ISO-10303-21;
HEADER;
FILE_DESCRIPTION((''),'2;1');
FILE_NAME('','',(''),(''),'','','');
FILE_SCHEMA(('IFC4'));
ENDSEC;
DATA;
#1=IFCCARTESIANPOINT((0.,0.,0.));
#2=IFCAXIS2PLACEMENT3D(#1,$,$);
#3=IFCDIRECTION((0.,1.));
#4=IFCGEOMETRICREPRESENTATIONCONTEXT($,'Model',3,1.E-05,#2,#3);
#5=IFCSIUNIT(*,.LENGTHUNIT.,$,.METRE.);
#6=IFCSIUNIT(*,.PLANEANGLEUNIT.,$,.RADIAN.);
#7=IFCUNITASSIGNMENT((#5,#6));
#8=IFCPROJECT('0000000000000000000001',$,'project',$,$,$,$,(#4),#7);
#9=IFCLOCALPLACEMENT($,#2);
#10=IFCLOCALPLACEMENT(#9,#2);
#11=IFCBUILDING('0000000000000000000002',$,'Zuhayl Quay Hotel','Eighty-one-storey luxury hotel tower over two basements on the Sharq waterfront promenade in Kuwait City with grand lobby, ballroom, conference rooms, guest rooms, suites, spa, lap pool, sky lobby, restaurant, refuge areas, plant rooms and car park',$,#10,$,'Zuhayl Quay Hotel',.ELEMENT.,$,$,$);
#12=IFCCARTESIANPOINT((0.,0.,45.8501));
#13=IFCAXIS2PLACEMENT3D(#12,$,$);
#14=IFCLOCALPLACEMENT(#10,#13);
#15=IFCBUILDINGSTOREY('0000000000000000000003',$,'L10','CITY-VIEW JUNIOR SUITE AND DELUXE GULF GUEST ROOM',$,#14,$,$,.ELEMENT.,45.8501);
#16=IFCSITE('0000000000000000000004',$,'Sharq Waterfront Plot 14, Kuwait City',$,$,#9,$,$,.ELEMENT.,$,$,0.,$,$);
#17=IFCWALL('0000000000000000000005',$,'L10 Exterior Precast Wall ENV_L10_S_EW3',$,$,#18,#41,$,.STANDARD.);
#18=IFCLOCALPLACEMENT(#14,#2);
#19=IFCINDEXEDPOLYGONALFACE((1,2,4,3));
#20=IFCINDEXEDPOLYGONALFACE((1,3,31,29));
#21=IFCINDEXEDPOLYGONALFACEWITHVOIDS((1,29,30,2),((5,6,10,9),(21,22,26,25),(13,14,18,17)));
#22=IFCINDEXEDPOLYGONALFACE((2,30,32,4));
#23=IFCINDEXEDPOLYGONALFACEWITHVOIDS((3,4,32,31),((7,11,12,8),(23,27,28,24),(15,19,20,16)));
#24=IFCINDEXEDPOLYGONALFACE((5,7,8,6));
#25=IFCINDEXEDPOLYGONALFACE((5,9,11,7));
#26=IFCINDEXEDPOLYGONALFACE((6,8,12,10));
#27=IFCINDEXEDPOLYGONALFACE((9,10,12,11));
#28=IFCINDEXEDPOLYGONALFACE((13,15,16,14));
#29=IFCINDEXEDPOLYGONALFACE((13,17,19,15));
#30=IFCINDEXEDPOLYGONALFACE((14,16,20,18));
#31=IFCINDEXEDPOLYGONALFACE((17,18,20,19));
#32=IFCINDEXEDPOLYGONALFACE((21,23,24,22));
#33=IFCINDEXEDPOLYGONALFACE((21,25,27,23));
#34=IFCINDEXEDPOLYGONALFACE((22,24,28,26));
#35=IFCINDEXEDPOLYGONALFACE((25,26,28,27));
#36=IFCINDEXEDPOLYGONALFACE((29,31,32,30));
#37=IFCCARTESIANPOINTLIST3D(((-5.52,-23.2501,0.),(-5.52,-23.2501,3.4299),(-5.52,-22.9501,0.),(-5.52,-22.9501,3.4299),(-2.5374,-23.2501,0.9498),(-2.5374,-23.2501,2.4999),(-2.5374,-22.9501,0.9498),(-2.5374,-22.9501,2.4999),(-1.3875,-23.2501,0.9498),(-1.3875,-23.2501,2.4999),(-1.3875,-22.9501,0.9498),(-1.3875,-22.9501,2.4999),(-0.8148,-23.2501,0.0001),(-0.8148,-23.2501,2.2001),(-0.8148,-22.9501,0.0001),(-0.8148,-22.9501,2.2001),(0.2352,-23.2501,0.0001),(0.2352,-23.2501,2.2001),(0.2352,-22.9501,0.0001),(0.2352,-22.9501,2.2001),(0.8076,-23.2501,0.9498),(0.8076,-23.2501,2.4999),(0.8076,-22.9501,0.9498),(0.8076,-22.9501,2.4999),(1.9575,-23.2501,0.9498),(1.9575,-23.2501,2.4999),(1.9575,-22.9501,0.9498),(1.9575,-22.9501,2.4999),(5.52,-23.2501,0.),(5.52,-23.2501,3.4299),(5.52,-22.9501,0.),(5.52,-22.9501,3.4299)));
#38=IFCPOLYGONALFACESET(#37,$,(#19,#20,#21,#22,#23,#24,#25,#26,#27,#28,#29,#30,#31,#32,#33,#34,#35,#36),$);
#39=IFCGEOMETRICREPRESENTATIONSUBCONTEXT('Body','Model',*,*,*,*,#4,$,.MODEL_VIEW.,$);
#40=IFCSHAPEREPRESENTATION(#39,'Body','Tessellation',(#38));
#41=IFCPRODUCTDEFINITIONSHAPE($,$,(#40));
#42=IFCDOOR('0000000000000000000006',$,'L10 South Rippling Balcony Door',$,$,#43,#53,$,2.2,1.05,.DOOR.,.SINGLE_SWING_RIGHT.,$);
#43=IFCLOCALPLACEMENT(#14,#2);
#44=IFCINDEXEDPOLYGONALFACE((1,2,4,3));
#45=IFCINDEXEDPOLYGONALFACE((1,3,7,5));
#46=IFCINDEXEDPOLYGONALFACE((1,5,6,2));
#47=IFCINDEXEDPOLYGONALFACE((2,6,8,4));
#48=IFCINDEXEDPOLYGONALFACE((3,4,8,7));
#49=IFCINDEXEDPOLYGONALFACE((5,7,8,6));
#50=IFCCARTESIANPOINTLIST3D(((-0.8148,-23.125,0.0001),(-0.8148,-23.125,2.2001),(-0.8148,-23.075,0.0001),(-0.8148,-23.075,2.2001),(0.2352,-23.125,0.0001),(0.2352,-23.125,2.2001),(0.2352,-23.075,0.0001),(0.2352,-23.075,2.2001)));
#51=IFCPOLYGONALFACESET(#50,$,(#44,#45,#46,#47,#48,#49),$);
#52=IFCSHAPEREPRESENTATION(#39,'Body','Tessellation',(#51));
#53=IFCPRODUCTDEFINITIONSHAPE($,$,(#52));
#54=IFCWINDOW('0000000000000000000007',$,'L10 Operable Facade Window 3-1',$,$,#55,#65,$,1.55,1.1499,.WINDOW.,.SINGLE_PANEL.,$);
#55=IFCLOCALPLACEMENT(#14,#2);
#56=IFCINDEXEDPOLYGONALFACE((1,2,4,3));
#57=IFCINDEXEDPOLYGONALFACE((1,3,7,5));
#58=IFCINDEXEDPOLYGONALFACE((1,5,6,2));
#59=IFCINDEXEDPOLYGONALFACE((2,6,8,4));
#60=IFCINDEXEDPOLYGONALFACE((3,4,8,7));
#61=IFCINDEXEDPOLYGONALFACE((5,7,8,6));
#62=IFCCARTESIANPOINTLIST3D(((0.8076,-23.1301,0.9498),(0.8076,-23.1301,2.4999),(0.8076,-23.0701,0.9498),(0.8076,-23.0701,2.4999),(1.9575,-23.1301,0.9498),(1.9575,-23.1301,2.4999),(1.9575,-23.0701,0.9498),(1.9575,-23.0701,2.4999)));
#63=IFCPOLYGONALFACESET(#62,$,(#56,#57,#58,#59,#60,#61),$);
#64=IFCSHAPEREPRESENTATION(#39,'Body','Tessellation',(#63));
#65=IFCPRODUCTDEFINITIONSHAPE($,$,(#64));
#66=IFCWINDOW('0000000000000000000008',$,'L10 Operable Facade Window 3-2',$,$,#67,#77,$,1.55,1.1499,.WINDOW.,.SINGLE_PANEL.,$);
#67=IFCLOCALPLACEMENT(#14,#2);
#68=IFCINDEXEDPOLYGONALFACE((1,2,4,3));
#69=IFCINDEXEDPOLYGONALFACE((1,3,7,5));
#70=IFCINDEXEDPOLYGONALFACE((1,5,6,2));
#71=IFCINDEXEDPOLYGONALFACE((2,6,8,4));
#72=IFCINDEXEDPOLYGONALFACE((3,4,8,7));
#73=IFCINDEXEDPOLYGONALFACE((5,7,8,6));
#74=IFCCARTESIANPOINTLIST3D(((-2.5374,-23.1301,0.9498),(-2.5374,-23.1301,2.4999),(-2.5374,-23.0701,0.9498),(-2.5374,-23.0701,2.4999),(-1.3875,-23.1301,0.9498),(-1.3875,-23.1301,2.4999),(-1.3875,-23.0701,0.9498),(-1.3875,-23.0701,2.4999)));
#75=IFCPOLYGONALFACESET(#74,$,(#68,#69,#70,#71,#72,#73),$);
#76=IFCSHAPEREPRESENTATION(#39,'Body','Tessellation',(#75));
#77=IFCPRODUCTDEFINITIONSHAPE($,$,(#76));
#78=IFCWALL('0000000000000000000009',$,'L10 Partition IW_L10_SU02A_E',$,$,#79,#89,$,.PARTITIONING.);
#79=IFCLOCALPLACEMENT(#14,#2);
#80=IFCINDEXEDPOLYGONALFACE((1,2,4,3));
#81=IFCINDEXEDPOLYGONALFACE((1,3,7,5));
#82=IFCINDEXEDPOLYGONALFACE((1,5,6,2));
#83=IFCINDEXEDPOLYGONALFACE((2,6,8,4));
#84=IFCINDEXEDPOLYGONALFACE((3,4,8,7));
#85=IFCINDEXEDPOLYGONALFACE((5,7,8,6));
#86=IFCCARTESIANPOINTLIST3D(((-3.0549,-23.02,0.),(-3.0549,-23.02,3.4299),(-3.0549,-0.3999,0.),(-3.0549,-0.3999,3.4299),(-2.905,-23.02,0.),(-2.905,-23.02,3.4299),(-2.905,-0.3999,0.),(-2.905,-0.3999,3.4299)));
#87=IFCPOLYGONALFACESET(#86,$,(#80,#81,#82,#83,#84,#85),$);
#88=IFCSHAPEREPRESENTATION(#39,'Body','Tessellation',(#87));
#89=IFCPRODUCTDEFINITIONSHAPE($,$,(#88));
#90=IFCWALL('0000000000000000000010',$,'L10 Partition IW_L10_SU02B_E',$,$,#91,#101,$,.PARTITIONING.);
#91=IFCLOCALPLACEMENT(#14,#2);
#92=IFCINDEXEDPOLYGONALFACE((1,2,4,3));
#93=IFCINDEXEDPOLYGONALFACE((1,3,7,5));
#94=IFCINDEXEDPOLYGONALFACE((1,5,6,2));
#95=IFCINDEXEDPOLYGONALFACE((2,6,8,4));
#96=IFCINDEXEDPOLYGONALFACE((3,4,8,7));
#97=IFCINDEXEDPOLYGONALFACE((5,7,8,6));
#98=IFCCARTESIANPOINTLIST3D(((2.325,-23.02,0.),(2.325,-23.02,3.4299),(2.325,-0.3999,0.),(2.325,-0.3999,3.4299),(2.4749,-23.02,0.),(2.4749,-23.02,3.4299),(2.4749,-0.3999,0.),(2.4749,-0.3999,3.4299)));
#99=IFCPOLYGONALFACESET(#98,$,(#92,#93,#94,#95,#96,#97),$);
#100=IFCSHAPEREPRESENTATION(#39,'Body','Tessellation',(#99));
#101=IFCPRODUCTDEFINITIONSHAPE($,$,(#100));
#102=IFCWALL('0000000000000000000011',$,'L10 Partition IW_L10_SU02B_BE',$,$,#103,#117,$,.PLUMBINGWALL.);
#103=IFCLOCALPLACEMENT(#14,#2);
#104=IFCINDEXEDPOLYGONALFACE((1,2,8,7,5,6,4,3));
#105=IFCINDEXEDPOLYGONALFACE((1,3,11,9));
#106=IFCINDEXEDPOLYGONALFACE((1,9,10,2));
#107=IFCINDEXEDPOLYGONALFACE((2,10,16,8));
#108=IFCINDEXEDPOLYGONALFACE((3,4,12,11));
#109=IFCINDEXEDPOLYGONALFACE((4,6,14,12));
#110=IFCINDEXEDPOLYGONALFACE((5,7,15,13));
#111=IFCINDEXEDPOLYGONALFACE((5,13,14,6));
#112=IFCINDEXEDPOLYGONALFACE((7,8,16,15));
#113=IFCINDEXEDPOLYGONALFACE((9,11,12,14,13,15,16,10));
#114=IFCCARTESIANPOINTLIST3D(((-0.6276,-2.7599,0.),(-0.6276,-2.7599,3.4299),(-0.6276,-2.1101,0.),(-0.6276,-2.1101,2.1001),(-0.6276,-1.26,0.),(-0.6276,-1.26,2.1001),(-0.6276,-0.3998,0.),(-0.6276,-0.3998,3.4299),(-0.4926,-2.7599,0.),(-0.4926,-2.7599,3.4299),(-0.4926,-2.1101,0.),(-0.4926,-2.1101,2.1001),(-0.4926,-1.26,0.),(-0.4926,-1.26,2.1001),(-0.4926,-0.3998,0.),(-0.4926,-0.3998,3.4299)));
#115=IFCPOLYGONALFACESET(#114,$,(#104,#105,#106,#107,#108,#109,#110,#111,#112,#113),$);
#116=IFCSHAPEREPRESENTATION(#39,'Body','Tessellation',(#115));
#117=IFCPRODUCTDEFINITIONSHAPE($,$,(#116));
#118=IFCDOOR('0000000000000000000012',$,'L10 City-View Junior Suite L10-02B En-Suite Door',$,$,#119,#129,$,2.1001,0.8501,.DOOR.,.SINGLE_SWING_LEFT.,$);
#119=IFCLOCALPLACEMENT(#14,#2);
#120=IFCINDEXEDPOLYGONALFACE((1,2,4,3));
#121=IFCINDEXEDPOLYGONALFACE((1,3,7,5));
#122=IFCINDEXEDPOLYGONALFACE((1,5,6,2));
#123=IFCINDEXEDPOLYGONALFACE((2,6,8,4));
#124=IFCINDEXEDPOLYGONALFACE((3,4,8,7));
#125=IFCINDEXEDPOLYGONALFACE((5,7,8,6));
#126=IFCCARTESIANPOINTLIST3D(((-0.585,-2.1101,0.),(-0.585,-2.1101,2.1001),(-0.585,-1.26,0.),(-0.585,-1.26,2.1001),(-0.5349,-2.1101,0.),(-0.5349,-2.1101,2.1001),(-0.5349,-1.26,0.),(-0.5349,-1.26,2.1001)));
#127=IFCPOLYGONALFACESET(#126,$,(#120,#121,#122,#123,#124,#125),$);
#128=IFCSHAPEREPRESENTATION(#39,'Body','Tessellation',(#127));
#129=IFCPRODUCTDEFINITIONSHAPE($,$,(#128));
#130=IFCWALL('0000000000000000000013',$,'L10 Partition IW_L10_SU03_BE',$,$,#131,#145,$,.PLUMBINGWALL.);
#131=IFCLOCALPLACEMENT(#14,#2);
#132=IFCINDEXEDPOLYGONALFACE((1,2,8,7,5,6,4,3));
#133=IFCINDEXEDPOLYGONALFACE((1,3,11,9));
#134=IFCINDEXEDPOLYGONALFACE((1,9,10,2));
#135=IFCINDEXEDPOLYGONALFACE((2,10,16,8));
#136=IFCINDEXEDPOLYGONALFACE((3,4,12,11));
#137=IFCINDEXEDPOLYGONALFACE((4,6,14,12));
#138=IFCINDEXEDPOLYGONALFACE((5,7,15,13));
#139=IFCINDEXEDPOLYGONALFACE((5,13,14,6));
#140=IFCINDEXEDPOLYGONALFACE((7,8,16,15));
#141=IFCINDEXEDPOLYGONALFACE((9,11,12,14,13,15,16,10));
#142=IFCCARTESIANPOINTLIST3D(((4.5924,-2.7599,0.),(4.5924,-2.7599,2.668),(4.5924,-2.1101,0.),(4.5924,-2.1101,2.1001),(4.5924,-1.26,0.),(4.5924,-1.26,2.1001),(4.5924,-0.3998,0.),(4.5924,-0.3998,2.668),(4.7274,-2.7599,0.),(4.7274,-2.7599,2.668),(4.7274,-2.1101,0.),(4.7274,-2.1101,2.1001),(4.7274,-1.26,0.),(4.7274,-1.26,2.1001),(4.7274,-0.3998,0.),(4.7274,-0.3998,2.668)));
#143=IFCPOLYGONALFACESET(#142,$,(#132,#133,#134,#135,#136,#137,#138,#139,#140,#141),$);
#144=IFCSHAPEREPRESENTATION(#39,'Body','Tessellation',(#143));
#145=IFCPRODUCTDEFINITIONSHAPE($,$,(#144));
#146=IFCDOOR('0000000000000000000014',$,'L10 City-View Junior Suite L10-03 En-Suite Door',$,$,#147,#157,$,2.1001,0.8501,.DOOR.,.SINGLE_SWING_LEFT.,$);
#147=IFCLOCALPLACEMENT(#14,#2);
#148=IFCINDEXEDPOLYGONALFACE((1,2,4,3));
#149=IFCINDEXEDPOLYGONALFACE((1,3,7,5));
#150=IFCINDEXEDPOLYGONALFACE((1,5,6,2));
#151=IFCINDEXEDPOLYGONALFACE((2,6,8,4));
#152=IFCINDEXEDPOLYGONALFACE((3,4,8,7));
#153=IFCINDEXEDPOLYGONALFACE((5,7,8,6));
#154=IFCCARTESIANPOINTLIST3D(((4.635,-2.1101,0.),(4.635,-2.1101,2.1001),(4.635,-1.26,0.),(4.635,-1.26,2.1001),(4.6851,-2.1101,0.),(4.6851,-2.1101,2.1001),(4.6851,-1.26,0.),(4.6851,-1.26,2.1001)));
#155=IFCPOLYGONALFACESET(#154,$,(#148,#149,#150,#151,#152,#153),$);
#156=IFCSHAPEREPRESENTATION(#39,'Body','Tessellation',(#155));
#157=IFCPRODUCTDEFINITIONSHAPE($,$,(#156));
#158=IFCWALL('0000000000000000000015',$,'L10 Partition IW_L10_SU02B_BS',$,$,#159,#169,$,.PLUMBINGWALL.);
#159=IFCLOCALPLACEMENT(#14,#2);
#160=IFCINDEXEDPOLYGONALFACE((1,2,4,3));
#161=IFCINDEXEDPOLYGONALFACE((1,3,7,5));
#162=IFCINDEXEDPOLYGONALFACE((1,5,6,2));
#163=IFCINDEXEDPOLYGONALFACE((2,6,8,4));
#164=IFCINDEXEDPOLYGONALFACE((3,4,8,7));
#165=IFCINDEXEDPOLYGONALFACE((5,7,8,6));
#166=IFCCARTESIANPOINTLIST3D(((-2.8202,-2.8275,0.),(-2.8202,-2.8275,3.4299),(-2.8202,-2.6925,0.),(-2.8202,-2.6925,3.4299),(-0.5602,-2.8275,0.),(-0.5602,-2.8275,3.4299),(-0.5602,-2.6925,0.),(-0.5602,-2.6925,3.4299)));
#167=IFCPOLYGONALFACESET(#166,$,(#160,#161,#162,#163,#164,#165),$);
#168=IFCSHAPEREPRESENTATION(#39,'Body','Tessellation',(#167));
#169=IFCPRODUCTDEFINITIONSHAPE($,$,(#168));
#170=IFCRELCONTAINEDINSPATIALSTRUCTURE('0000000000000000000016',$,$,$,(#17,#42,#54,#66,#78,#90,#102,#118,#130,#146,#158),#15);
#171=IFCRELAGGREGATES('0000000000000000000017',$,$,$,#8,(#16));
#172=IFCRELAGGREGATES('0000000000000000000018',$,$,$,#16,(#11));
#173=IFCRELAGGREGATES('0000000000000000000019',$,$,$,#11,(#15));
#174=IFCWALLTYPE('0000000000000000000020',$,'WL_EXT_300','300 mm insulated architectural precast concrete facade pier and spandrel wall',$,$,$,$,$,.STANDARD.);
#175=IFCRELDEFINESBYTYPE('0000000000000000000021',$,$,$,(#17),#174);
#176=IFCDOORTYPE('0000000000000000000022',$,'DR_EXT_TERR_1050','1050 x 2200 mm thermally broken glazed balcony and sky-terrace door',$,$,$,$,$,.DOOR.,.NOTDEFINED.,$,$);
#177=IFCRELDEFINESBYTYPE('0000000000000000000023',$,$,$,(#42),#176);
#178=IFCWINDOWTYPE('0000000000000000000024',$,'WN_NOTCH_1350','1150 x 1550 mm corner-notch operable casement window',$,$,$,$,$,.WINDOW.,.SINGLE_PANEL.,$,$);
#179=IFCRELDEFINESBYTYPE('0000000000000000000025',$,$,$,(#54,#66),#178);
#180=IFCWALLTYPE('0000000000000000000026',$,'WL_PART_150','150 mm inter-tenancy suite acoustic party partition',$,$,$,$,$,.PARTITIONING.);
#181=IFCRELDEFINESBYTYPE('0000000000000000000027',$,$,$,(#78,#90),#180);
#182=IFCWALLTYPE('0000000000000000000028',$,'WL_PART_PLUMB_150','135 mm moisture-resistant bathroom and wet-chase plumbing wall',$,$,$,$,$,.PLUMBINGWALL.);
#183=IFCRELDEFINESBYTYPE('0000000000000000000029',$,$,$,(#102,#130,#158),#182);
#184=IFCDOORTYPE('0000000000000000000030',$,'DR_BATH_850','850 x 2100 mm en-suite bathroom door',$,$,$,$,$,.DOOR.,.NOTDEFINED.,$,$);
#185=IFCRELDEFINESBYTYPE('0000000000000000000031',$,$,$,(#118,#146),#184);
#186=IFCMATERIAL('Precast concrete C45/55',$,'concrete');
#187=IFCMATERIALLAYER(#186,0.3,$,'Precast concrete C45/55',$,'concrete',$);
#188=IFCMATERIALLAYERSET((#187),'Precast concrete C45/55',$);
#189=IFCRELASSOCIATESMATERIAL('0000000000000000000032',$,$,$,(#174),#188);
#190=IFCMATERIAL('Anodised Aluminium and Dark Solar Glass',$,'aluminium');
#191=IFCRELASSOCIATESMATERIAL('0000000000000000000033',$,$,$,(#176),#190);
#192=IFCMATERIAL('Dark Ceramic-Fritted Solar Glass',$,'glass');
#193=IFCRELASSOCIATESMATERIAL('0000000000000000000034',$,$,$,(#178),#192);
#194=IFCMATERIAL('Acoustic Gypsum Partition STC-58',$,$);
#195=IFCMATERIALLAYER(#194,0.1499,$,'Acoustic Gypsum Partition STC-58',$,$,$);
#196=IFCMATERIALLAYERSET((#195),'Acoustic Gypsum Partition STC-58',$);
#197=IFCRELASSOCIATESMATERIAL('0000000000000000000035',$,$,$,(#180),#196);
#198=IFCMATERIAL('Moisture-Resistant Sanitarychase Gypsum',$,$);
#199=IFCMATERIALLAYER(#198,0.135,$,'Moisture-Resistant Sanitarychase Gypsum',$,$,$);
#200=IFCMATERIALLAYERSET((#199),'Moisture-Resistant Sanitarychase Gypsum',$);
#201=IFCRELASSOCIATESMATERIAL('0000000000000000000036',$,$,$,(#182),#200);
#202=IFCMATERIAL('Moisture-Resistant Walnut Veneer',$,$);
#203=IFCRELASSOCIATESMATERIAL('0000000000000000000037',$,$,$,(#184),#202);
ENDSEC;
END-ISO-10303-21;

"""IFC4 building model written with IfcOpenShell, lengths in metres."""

from ifc_helpers import new_model, si_unit, direction, frame, frame_2d, origin, place, context, subcontext, project, spatial, rectangle, extrude, material, layer, layer_set, type_object, element, fill, save


model = new_model("IFC4")

# Units and contexts
model_context = context("Model", 3, precision=1e-05, world=origin(), true_north=direction((0.0, 1.0)))
body_context = subcontext(model_context, "Body", "Model", "MODEL_VIEW")
ifc_project = project(units=[si_unit("LENGTHUNIT", "METRE"), si_unit("PLANEANGLEUNIT", "RADIAN")], contexts=[model_context])

# Site, building, storey
site_placement = place(None, origin())
site = spatial("IfcSite", under=ifc_project, at=site_placement, Name="Sharq Waterfront Plot 14, Kuwait City", CompositionType="ELEMENT", RefElevation=0.0)
building_placement = place(site_placement, origin())
building = spatial("IfcBuilding", under=site, at=building_placement, Name="Zuhayl Quay Hotel", Description="Eighty-one-storey luxury hotel tower over two basements on the Sharq waterfront promenade in Kuwait City with grand lobby, ballroom, conference rooms, guest rooms, suites, spa, lap pool, sky lobby, restaurant, refuge areas, plant rooms and car park", LongName="Zuhayl Quay Hotel", CompositionType="ELEMENT")
storey_placement = place(building_placement, frame((0.0, 0.0, 45.8501)))
storey = spatial("IfcBuildingStorey", under=building, at=storey_placement, Name="L10", Description="CITY-VIEW JUNIOR SUITE AND DELUXE GULF GUEST ROOM", CompositionType="ELEMENT", Elevation=45.8501)

# Shared definitions
ifc_material_1 = material(Name="Dark Ceramic-Fritted Solar Glass", Category="glass")

# Wall, openings, door, windows
ifc_material_2 = material(Name="Precast concrete C45/55", Category="concrete")
ifc_layer_1 = layer(ifc_material_2, 0.3, Name="Precast concrete C45/55", Category="concrete")
ifc_layer_set_1 = layer_set([ifc_layer_1], Name="Precast concrete C45/55")
wall_type_1 = type_object("IfcWallType", Name="WL_EXT_300", Description="300 mm insulated architectural precast concrete facade pier and spandrel wall", PredefinedType="STANDARD", material=ifc_layer_set_1)
wall_1_placement = place(storey_placement, frame((5.52, -23.1001, 0.0), z_axis=(0.0, 0.0, 1.0), x_axis=(-1.0, 0.0, 0.0)))
wall_1 = element("IfcWall", 1, at=wall_1_placement, inside=storey, type_object=wall_type_1, Name="L10 Exterior Precast Wall ENV_L10_S_EW3", PredefinedType="STANDARD", context=body_context, shape_type="SweptSolid", body=[
    extrude(rectangle(XDim=11.04, YDim=0.3, at=frame_2d((5.52, 0.0))), origin(), (0.0, 0.0, 1.0), 3.4299),
])
opening_1_placement = place(wall_1_placement, frame((5.2849, 0.0, 0.0)))
opening_1 = element("IfcOpeningElement", 2, at=opening_1_placement, cuts=wall_1, PredefinedType="OPENING", context=body_context, shape_type="SweptSolid", body=[
    extrude(rectangle(XDim=1.05, YDim=2.2, at=frame_2d((0.5249, 1.1001))), frame((0.0, 0.1599, 0.0), z_axis=(0.0, -1.0, 0.0), x_axis=(1.0, 0.0, 0.0)), (0.0, 0.0, 1.0), 0.3201),
])
opening_2_placement = place(wall_1_placement, frame((3.5625, 0.0, 0.95)))
opening_2 = element("IfcOpeningElement", 3, at=opening_2_placement, cuts=wall_1, PredefinedType="OPENING", context=body_context, shape_type="SweptSolid", body=[
    extrude(rectangle(XDim=1.1499, YDim=1.55, at=frame_2d((0.575, 0.7749))), frame((0.0, 0.1599, 0.0), z_axis=(0.0, -1.0, 0.0), x_axis=(1.0, 0.0, 0.0)), (0.0, 0.0, 1.0), 0.3201),
])
opening_3_placement = place(wall_1_placement, frame((6.9075, 0.0, 0.95)))
opening_3 = element("IfcOpeningElement", 4, at=opening_3_placement, cuts=wall_1, PredefinedType="OPENING", context=body_context, shape_type="SweptSolid", body=[
    extrude(rectangle(XDim=1.1499, YDim=1.55, at=frame_2d((0.575, 0.7749))), frame((0.0, 0.1599, 0.0), z_axis=(0.0, -1.0, 0.0), x_axis=(1.0, 0.0, 0.0)), (0.0, 0.0, 1.0), 0.3201),
])
ifc_material_3 = material(Name="Anodised Aluminium and Dark Solar Glass", Category="aluminium")
door_type_1 = type_object("IfcDoorType", Name="DR_EXT_TERR_1050", Description="1050 x 2200 mm thermally broken glazed balcony and sky-terrace door", OperationType="NOTDEFINED", PredefinedType="DOOR", material=ifc_material_3)
door_1_placement = place(opening_1_placement, origin())
door_1 = element("IfcDoor", 5, at=door_1_placement, inside=storey, type_object=door_type_1, Name="L10 South Rippling Balcony Door", OperationType="SINGLE_SWING_RIGHT", OverallHeight=2.2, OverallWidth=1.05, PredefinedType="DOOR", context=body_context, shape_type="SweptSolid", body=[
    extrude(rectangle(XDim=1.05, YDim=2.2, at=frame_2d((0.5249, 1.1001))), frame((0.0, 0.0249, 0.0), z_axis=(0.0, -1.0, 0.0), x_axis=(1.0, 0.0, 0.0)), (0.0, 0.0, 1.0), 0.05),
])
fill(opening_1, door_1)
window_type = type_object("IfcWindowType", Name="WN_NOTCH_1350", Description="1150 x 1550 mm corner-notch operable casement window", PartitioningType="SINGLE_PANEL", PredefinedType="WINDOW", material=ifc_material_1)
window_1_placement = place(opening_2_placement, origin())
window_1 = element("IfcWindow", 6, at=window_1_placement, inside=storey, type_object=window_type, Name="L10 Operable Facade Window 3-1", OverallHeight=1.55, OverallWidth=1.1499, PartitioningType="SINGLE_PANEL", PredefinedType="WINDOW", context=body_context, shape_type="SweptSolid", body=[
    extrude(rectangle(XDim=1.1499, YDim=1.55, at=frame_2d((0.575, 0.7749))), frame((0.0, 0.03, 0.0), z_axis=(0.0, -1.0, 0.0), x_axis=(1.0, 0.0, 0.0)), (0.0, 0.0, 1.0), 0.0601),
])
fill(opening_2, window_1)
window_2_placement = place(opening_3_placement, origin())
window_2 = element("IfcWindow", 7, at=window_2_placement, inside=storey, type_object=window_type, Name="L10 Operable Facade Window 3-2", OverallHeight=1.55, OverallWidth=1.1499, PartitioningType="SINGLE_PANEL", PredefinedType="WINDOW", context=body_context, shape_type="SweptSolid", body=[
    extrude(rectangle(XDim=1.1499, YDim=1.55, at=frame_2d((0.575, 0.7749))), frame((0.0, 0.03, 0.0), z_axis=(0.0, -1.0, 0.0), x_axis=(1.0, 0.0, 0.0)), (0.0, 0.0, 1.0), 0.0601),
])
fill(opening_3, window_2)

# Walls
ifc_material_4 = material(Name="Acoustic Gypsum Partition STC-58")
ifc_layer_2 = layer(ifc_material_4, 0.1499, Name="Acoustic Gypsum Partition STC-58")
ifc_layer_set_2 = layer_set([ifc_layer_2], Name="Acoustic Gypsum Partition STC-58")
wall_type_2 = type_object("IfcWallType", Name="WL_PART_150", Description="150 mm inter-tenancy suite acoustic party partition", PredefinedType="PARTITIONING", material=ifc_layer_set_2)
for number, where, z_axis, x_axis, name in (
    (8, (-2.98, -23.02, 0.0), (0.0, 0.0, 1.0), (0.0, 1.0, 0.0), "L10 Partition IW_L10_SU02A_E"),
    (9, (2.3999, -23.02, 0.0), (0.0, 0.0, 1.0), (0.0, 1.0, 0.0), "L10 Partition IW_L10_SU02B_E"),
):
    element("IfcWall", number, at=place(storey_placement, frame(where, z_axis=z_axis, x_axis=x_axis)), inside=storey, type_object=wall_type_2, Name=name, PredefinedType="PARTITIONING", context=body_context, shape_type="SweptSolid", body=[
        extrude(rectangle(XDim=22.6201, YDim=0.1499, at=frame_2d((11.3101, 0.0))), origin(), (0.0, 0.0, 1.0), 3.4299),
    ])

# Walls, openings, doors
ifc_material_5 = material(Name="Moisture-Resistant Sanitarychase Gypsum")
ifc_layer_3 = layer(ifc_material_5, 0.135, Name="Moisture-Resistant Sanitarychase Gypsum")
ifc_layer_set_3 = layer_set([ifc_layer_3], Name="Moisture-Resistant Sanitarychase Gypsum")
wall_type_3 = type_object("IfcWallType", Name="WL_PART_PLUMB_150", Description="135 mm moisture-resistant bathroom and wet-chase plumbing wall", PredefinedType="PLUMBINGWALL", material=ifc_layer_set_3)
wall_2_placement = place(storey_placement, frame((-0.5601, -2.76, 0.0), z_axis=(0.0, 0.0, 1.0), x_axis=(0.0, 1.0, 0.0)))
wall_2 = element("IfcWall", 10, at=wall_2_placement, inside=storey, type_object=wall_type_3, Name="L10 Partition IW_L10_SU02B_BE", PredefinedType="PLUMBINGWALL", context=body_context, shape_type="SweptSolid", body=[
    extrude(rectangle(XDim=2.3601, YDim=0.135, at=frame_2d((1.1802, 0.0))), origin(), (0.0, 0.0, 1.0), 3.4299),
])
opening_4_placement = place(wall_2_placement, frame((0.6499, 0.0, 0.0)))
opening_4 = element("IfcOpeningElement", 11, at=opening_4_placement, cuts=wall_2, PredefinedType="OPENING", context=body_context, shape_type="SweptSolid", body=[
    extrude(rectangle(XDim=0.8501, YDim=2.1001, at=frame_2d((0.425, 1.05))), frame((0.0, 0.0774, 0.0), z_axis=(0.0, -1.0, 0.0), x_axis=(1.0, 0.0, 0.0)), (0.0, 0.0, 1.0), 0.155),
])
ifc_material_6 = material(Name="Moisture-Resistant Walnut Veneer")
door_type_2 = type_object("IfcDoorType", Name="DR_BATH_850", Description="850 x 2100 mm en-suite bathroom door", OperationType="NOTDEFINED", PredefinedType="DOOR", material=ifc_material_6)
door_2_placement = place(opening_4_placement, origin())
door_2 = element("IfcDoor", 12, at=door_2_placement, inside=storey, type_object=door_type_2, Name="L10 City-View Junior Suite L10-02B En-Suite Door", OperationType="SINGLE_SWING_LEFT", OverallHeight=2.1001, OverallWidth=0.8501, PredefinedType="DOOR", context=body_context, shape_type="SweptSolid", body=[
    extrude(rectangle(XDim=0.8501, YDim=2.1001, at=frame_2d((0.425, 1.05))), frame((0.0, 0.0249, 0.0), z_axis=(0.0, -1.0, 0.0), x_axis=(1.0, 0.0, 0.0)), (0.0, 0.0, 1.0), 0.05),
])
fill(opening_4, door_2)
wall_3_placement = place(storey_placement, frame((4.6599, -2.76, 0.0), z_axis=(0.0, 0.0, 1.0), x_axis=(0.0, 1.0, 0.0)))
wall_3 = element("IfcWall", 13, at=wall_3_placement, inside=storey, type_object=wall_type_3, Name="L10 Partition IW_L10_SU03_BE", PredefinedType="PLUMBINGWALL", context=body_context, shape_type="SweptSolid", body=[
    extrude(rectangle(XDim=2.3601, YDim=0.135, at=frame_2d((1.1802, 0.0))), origin(), (0.0, 0.0, 1.0), 2.668),
])
opening_5_placement = place(wall_3_placement, frame((0.6499, 0.0, 0.0)))
opening_5 = element("IfcOpeningElement", 14, at=opening_5_placement, cuts=wall_3, PredefinedType="OPENING", context=body_context, shape_type="SweptSolid", body=[
    extrude(rectangle(XDim=0.8501, YDim=2.1001, at=frame_2d((0.425, 1.05))), frame((0.0, 0.0774, 0.0), z_axis=(0.0, -1.0, 0.0), x_axis=(1.0, 0.0, 0.0)), (0.0, 0.0, 1.0), 0.155),
])
door_3_placement = place(opening_5_placement, origin())
door_3 = element("IfcDoor", 15, at=door_3_placement, inside=storey, type_object=door_type_2, Name="L10 City-View Junior Suite L10-03 En-Suite Door", OperationType="SINGLE_SWING_LEFT", OverallHeight=2.1001, OverallWidth=0.8501, PredefinedType="DOOR", context=body_context, shape_type="SweptSolid", body=[
    extrude(rectangle(XDim=0.8501, YDim=2.1001, at=frame_2d((0.425, 1.05))), frame((0.0, 0.0249, 0.0), z_axis=(0.0, -1.0, 0.0), x_axis=(1.0, 0.0, 0.0)), (0.0, 0.0, 1.0), 0.05),
])
fill(opening_5, door_3)

# Wall
for number, where, z_axis, x_axis, name in (
    (16, (-2.8201, -2.76, 0.0), (0.0, 0.0, 1.0), (1.0, 0.0, 0.0), "L10 Partition IW_L10_SU02B_BS"),
):
    element("IfcWall", number, at=place(storey_placement, frame(where, z_axis=z_axis, x_axis=x_axis)), inside=storey, type_object=wall_type_3, Name=name, PredefinedType="PLUMBINGWALL", context=body_context, shape_type="SweptSolid", body=[
        extrude(rectangle(XDim=2.26, YDim=0.135, at=frame_2d((1.1299, 0.0))), origin(), (0.0, 0.0, 1.0), 3.4299),
    ])

save(model, "model.ifc")
